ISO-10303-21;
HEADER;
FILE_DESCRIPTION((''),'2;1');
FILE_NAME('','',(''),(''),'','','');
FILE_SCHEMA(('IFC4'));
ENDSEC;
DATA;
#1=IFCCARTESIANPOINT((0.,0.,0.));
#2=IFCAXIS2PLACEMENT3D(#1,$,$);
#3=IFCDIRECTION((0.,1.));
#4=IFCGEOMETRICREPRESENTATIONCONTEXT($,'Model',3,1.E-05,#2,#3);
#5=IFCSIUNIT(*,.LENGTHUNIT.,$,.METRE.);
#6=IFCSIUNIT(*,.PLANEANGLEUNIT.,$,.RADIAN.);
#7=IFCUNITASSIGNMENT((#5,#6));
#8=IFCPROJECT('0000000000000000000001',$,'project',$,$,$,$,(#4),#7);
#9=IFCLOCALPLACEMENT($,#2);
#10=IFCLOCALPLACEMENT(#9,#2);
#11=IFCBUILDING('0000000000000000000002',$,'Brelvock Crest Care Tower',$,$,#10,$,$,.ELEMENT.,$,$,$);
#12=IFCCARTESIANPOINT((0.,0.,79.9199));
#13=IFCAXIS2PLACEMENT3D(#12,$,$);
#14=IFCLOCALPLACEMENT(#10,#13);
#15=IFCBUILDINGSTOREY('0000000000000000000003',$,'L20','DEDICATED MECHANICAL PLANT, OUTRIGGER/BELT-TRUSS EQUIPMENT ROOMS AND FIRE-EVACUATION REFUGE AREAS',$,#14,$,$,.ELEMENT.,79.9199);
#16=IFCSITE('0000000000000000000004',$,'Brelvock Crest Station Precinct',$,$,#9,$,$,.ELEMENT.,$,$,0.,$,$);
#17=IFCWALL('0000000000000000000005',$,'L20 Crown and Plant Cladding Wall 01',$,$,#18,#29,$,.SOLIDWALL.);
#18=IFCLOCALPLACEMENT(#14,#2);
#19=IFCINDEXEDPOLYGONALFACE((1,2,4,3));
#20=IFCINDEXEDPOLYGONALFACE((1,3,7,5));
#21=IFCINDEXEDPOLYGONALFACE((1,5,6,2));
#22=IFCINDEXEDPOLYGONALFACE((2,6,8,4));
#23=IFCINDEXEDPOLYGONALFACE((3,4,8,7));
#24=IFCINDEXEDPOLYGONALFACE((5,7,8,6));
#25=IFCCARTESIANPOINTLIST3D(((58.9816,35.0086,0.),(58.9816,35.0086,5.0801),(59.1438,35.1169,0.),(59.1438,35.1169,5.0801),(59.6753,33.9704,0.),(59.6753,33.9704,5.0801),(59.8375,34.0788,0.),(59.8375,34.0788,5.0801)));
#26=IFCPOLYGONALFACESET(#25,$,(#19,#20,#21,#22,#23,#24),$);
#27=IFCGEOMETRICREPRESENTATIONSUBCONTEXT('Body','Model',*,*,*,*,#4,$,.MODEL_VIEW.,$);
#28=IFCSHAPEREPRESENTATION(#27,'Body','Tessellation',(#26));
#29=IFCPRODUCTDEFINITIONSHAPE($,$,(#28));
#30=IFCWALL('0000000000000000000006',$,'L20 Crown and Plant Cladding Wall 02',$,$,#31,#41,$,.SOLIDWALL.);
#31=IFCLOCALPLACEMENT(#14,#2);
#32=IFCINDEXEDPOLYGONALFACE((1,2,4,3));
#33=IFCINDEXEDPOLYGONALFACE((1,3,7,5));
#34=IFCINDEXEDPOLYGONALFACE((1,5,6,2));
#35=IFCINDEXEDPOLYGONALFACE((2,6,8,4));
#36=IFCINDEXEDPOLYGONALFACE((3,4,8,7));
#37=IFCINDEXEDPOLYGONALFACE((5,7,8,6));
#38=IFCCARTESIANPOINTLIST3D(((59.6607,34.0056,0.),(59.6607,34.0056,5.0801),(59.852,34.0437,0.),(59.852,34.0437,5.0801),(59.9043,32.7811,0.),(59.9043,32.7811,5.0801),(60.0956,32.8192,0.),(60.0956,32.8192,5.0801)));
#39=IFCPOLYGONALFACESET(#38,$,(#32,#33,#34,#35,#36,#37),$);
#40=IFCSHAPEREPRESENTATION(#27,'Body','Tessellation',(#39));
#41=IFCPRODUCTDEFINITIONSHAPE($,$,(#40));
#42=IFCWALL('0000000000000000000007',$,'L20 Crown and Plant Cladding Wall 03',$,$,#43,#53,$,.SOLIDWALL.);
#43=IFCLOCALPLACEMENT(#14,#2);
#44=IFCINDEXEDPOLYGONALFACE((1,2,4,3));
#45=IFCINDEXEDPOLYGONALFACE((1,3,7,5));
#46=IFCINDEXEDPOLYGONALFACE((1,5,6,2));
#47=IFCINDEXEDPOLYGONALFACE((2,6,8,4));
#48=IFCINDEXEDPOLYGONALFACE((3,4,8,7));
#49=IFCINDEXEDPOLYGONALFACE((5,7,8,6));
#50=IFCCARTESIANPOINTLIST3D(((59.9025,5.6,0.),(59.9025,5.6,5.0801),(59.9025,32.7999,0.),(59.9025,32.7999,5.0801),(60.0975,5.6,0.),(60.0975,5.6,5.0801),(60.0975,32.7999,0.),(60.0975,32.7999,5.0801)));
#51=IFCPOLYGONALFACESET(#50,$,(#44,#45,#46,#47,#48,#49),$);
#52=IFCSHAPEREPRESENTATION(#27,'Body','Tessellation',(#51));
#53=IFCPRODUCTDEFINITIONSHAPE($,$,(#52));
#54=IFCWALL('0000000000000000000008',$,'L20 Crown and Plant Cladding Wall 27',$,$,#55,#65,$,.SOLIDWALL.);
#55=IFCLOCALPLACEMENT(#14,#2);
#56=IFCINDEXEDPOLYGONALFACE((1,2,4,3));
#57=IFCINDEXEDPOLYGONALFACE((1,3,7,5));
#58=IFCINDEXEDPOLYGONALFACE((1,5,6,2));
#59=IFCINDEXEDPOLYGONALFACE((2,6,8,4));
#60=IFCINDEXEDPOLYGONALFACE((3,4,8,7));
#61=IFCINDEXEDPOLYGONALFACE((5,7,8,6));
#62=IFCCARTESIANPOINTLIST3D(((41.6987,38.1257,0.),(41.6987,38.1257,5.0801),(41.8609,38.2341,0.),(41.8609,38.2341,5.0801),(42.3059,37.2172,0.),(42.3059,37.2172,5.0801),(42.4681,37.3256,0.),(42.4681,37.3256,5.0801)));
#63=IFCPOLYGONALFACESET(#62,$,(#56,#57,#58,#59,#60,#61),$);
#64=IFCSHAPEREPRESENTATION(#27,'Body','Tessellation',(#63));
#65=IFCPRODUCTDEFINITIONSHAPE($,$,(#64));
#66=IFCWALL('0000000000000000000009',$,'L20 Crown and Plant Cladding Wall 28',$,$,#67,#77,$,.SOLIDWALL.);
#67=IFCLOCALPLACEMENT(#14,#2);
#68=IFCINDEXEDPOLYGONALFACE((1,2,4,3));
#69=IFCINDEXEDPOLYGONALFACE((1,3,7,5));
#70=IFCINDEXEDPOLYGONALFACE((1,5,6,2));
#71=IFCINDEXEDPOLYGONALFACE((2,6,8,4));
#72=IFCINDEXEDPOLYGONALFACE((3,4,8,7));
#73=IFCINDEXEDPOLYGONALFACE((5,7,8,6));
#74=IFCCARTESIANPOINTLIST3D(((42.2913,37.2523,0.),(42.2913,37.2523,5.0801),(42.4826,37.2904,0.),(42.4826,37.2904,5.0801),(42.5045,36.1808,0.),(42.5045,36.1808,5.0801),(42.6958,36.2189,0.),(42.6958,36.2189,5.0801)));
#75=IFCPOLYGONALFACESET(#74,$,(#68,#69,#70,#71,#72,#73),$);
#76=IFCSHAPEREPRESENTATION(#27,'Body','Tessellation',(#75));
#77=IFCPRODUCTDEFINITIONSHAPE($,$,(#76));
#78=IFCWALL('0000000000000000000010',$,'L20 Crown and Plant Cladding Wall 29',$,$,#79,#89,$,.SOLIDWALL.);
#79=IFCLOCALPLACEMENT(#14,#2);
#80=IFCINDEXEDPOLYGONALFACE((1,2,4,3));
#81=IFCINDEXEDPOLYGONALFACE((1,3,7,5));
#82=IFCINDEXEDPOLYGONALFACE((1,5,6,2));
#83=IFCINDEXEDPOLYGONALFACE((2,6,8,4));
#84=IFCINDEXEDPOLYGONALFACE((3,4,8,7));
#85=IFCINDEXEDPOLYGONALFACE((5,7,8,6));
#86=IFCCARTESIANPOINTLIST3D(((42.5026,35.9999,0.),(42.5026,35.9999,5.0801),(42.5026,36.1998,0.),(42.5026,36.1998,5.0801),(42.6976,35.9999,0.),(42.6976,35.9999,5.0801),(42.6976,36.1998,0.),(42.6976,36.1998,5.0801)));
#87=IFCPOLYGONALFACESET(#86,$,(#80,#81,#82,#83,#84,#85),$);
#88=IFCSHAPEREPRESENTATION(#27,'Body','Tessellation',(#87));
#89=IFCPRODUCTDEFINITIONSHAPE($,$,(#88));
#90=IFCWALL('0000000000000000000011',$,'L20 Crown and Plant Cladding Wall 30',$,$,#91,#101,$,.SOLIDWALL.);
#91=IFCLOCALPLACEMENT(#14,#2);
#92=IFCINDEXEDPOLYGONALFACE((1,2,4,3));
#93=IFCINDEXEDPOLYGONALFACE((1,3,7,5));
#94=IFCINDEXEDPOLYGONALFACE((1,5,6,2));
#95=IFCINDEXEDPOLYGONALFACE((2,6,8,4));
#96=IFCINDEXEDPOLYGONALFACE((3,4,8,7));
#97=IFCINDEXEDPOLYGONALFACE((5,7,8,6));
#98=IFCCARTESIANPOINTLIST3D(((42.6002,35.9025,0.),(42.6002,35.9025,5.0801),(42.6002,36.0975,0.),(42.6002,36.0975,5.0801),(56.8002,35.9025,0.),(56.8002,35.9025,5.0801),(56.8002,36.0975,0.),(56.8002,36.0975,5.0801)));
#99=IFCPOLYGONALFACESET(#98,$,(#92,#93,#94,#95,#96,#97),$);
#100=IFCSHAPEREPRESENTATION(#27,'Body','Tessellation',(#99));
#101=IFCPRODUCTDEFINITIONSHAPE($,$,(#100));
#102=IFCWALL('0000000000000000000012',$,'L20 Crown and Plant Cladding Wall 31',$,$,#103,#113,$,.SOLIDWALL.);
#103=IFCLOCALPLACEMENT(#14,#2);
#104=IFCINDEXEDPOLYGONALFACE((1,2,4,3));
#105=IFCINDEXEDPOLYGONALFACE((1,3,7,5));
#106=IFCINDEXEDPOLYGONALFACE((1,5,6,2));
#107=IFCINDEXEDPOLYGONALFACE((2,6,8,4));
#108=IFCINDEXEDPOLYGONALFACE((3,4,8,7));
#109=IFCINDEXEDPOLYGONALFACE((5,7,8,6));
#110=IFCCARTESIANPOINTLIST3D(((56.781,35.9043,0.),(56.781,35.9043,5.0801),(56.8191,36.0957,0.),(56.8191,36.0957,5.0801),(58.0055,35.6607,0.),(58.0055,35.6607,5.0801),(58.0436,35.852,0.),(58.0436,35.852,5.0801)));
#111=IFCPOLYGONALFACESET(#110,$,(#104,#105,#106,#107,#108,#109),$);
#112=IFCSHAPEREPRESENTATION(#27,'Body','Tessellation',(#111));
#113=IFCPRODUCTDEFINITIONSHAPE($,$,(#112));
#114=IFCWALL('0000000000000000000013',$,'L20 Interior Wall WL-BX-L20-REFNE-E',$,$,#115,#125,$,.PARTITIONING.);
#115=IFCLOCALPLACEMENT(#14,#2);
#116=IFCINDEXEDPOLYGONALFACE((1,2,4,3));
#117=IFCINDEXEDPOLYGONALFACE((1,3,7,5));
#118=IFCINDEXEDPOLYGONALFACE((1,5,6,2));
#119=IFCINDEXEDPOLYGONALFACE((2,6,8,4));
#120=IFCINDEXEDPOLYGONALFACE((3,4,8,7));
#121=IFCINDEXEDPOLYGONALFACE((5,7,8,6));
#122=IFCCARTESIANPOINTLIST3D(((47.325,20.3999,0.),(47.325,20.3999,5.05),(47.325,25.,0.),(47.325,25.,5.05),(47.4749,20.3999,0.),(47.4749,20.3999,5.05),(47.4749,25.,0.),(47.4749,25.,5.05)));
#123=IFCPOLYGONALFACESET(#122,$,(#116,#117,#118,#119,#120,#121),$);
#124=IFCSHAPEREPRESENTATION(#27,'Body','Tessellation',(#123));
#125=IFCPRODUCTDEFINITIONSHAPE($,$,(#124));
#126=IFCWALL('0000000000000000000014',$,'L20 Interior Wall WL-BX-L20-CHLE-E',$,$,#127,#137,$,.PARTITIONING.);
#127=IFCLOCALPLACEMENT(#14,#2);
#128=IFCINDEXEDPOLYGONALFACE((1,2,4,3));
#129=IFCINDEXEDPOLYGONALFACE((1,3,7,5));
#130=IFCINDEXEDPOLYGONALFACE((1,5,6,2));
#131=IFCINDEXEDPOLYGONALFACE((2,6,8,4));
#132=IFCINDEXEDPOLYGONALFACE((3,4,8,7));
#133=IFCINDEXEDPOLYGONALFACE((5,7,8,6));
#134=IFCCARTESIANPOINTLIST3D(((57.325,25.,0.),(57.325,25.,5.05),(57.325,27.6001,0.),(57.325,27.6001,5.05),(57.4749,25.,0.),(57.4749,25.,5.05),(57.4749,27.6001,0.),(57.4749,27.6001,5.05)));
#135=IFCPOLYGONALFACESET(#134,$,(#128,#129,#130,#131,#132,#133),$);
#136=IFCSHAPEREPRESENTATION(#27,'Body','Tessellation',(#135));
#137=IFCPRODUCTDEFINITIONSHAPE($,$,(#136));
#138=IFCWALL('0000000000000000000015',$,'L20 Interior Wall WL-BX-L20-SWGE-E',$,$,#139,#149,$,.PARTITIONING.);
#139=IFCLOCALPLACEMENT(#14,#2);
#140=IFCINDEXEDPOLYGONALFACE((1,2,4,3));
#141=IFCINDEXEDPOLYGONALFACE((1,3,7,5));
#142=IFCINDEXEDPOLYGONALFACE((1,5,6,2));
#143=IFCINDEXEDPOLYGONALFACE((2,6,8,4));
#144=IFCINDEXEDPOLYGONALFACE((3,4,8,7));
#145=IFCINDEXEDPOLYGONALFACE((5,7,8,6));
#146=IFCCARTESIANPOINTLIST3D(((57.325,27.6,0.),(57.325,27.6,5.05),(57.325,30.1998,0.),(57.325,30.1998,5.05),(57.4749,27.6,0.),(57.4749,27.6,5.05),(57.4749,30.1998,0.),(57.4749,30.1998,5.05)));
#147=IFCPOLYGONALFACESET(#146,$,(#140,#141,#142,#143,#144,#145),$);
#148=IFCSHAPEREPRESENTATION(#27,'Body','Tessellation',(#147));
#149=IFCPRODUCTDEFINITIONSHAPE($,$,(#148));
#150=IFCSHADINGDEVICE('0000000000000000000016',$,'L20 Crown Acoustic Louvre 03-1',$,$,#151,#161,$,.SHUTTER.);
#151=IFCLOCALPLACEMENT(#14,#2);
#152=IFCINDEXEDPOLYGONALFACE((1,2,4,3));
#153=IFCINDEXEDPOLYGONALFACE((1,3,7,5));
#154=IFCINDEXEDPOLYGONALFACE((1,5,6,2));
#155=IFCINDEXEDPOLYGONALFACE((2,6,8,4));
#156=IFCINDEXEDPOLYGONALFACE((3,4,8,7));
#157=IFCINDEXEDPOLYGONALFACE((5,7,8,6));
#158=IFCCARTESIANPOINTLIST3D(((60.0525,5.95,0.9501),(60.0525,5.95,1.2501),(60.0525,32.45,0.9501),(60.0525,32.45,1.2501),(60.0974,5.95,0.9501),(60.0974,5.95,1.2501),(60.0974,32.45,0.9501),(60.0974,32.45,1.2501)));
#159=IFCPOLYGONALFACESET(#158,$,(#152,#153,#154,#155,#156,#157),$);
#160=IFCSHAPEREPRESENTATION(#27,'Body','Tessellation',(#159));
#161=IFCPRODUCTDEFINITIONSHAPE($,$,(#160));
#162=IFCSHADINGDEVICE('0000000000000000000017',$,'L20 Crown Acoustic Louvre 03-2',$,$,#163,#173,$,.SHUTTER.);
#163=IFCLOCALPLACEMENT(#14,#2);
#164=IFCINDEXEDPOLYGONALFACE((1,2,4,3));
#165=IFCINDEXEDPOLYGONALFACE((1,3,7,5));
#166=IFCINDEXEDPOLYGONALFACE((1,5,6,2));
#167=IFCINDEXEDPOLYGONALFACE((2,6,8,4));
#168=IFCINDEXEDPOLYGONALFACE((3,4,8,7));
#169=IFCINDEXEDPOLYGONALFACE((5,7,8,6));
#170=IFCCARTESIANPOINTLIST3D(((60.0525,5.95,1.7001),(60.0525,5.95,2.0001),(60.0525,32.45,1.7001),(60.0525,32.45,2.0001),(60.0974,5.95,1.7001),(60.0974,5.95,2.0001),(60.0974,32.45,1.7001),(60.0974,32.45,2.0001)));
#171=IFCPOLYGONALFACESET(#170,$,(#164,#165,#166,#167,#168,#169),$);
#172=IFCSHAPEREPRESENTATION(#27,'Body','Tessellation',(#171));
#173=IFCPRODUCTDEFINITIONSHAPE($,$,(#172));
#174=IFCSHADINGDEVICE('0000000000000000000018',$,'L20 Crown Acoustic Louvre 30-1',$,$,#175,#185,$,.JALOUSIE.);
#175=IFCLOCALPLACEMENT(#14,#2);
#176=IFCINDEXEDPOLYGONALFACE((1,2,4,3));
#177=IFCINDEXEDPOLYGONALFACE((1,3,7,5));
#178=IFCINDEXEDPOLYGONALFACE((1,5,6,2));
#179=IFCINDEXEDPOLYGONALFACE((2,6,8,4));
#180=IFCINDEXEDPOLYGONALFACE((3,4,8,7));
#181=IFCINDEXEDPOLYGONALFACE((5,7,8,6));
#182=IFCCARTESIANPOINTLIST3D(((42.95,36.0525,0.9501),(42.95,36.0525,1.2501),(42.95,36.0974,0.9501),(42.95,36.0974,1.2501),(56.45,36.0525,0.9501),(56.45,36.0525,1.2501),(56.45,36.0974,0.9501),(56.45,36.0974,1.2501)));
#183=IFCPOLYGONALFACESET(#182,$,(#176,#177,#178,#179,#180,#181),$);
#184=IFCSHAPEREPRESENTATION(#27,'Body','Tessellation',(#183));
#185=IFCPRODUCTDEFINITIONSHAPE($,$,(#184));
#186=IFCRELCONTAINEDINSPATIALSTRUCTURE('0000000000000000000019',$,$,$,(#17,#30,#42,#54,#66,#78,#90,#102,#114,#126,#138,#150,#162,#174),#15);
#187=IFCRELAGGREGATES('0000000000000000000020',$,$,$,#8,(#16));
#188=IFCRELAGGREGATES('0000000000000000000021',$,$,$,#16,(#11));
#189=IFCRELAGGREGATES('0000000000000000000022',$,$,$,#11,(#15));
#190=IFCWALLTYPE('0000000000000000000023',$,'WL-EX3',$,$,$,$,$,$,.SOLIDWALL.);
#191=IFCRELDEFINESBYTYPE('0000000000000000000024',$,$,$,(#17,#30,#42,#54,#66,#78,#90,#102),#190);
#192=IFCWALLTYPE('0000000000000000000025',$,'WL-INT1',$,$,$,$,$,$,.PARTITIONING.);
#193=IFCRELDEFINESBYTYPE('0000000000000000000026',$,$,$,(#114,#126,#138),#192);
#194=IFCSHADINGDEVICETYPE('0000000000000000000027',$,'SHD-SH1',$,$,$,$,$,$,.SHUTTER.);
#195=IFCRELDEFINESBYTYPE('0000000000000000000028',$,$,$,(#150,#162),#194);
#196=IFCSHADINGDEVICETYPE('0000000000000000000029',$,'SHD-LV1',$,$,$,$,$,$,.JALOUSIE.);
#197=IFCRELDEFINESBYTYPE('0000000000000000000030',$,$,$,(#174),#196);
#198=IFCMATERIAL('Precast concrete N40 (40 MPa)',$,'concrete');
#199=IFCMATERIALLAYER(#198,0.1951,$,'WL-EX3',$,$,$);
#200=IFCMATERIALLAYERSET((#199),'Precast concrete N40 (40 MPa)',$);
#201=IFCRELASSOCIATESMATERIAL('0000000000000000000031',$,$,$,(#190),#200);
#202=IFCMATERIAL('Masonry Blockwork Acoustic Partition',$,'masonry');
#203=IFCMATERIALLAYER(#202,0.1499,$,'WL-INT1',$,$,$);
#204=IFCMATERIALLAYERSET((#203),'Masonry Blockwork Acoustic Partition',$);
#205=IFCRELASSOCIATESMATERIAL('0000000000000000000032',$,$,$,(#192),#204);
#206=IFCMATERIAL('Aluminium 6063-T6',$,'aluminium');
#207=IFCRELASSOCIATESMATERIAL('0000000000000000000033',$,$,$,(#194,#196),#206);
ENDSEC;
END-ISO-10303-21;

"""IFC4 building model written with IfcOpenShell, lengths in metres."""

from ifc_helpers import new_model, si_unit, direction, frame, frame_2d, origin, origin_2d, place, context, subcontext, project, spatial, rectangle, extrude, source, transform, mapped, material, layer, layer_set, material_profile, profile_set, type_object, element, save


model = new_model("IFC4")

# Units and contexts
model_context = context("Model", 3, precision=1e-05, world=origin(), true_north=direction((0.0, 1.0)))
body_context = subcontext(model_context, "Body", "Model", "MODEL_VIEW")
ifc_project = project(units=[si_unit("LENGTHUNIT", "METRE"), si_unit("PLANEANGLEUNIT", "RADIAN")], contexts=[model_context])

# Site, building, storey
site_placement = place(None, origin())
site = spatial("IfcSite", under=ifc_project, at=site_placement, Name="Brelvock Crest Station Precinct", CompositionType="ELEMENT", RefElevation=0.0)
building_placement = place(site_placement, origin())
building = spatial("IfcBuilding", under=site, at=building_placement, Name="Brelvock Crest Care Tower", CompositionType="ELEMENT")
storey_placement = place(building_placement, frame((0.0, 0.0, 79.9199)))
storey = spatial("IfcBuildingStorey", under=building, at=storey_placement, Name="L20", Description="DEDICATED MECHANICAL PLANT, OUTRIGGER/BELT-TRUSS EQUIPMENT ROOMS AND FIRE-EVACUATION REFUGE AREAS", CompositionType="ELEMENT", Elevation=79.9199)

# Walls
ifc_material_1 = material(Name="Precast concrete N40 (40 MPa)", Category="concrete")
ifc_layer_1 = layer(ifc_material_1, 0.1951, Name="WL-EX3")
ifc_layer_set_1 = layer_set([ifc_layer_1], Name="Precast concrete N40 (40 MPa)")
wall_type_1 = type_object("IfcWallType", Name="WL-EX3", PredefinedType="SOLIDWALL", material=ifc_layer_set_1)
for number, where, z_axis, x_axis, name in (
    (1, (59.0627, 35.0627, 0.0), (0.0, 0.0, 1.0), (0.555557, -0.831478, 0.0), "L20 Crown and Plant Cladding Wall 01"),
    (2, (59.7563, 34.0247, 0.0), (0.0, 0.0, 1.0), (0.195138, -0.980776, 0.0), "L20 Crown and Plant Cladding Wall 02"),
):
    element("IfcWall", number, at=place(storey_placement, frame(where, z_axis=z_axis, x_axis=x_axis)), inside=storey, type_object=wall_type_1, Name=name, PredefinedType="SOLIDWALL", context=body_context, shape_type="SweptSolid", body=[
        extrude(rectangle(XDim=1.2485, YDim=0.1951, at=frame_2d((0.6243, 0.0))), origin(), (0.0, 0.0, 1.0), 5.0801),
    ])
wall_1_placement = place(storey_placement, frame((60.0, 32.8, 0.0), z_axis=(0.0, 0.0, 1.0), x_axis=(0.0, -1.0, 0.0)))
element("IfcWall", 3, at=wall_1_placement, inside=storey, type_object=wall_type_1, Name="L20 Crown and Plant Cladding Wall 03", PredefinedType="SOLIDWALL", context=body_context, shape_type="SweptSolid", body=[
    extrude(rectangle(XDim=27.2, YDim=0.1951, at=frame_2d((13.6001, 0.0))), origin(), (0.0, 0.0, 1.0), 5.0801),
])
wall_2_placement = place(storey_placement, frame((41.7798, 38.1799, 0.0), z_axis=(0.0, 0.0, 1.0), x_axis=(0.555679, -0.831397, 0.0)))
element("IfcWall", 4, at=wall_2_placement, inside=storey, type_object=wall_type_1, Name="L20 Crown and Plant Cladding Wall 27", PredefinedType="SOLIDWALL", context=body_context, shape_type="SweptSolid", body=[
    extrude(rectangle(XDim=1.0928, YDim=0.1951, at=frame_2d((0.5464, 0.0))), origin(), (0.0, 0.0, 1.0), 5.0801),
])
wall_3_placement = place(storey_placement, frame((42.387, 37.2715, 0.0), z_axis=(0.0, 0.0, 1.0), x_axis=(0.195085, -0.980786, 0.0)))
element("IfcWall", 5, at=wall_3_placement, inside=storey, type_object=wall_type_1, Name="L20 Crown and Plant Cladding Wall 28", PredefinedType="SOLIDWALL", context=body_context, shape_type="SweptSolid", body=[
    extrude(rectangle(XDim=1.0925, YDim=0.1951, at=frame_2d((0.5464, 0.0))), origin(), (0.0, 0.0, 1.0), 5.0801),
])
wall_4_placement = place(storey_placement, frame((42.6001, 36.2, 0.0), z_axis=(0.0, 0.0, 1.0), x_axis=(0.0, -1.0, 0.0)))
element("IfcWall", 6, at=wall_4_placement, inside=storey, type_object=wall_type_1, Name="L20 Crown and Plant Cladding Wall 29", PredefinedType="SOLIDWALL", context=body_context, shape_type="SweptSolid", body=[
    extrude(rectangle(XDim=0.2, YDim=0.1951, at=frame_2d((0.1001, 0.0))), origin(), (0.0, 0.0, 1.0), 5.0801),
])
wall_5_placement = place(storey_placement, frame((42.6001, 36.0, 0.0), z_axis=(0.0, 0.0, 1.0), x_axis=(1.0, 0.0, 0.0)))
element("IfcWall", 7, at=wall_5_placement, inside=storey, type_object=wall_type_1, Name="L20 Crown and Plant Cladding Wall 30", PredefinedType="SOLIDWALL", context=body_context, shape_type="SweptSolid", body=[
    extrude(rectangle(XDim=14.2, YDim=0.1951, at=frame_2d((7.1001, 0.0))), origin(), (0.0, 0.0, 1.0), 5.0801),
])
wall_6_placement = place(storey_placement, frame((56.8, 36.0, 0.0), z_axis=(0.0, 0.0, 1.0), x_axis=(0.980776, -0.195138, 0.0)))
element("IfcWall", 8, at=wall_6_placement, inside=storey, type_object=wall_type_1, Name="L20 Crown and Plant Cladding Wall 31", PredefinedType="SOLIDWALL", context=body_context, shape_type="SweptSolid", body=[
    extrude(rectangle(XDim=1.2485, YDim=0.1951, at=frame_2d((0.6243, 0.0))), origin(), (0.0, 0.0, 1.0), 5.0801),
])
ifc_material_2 = material(Name="Masonry Blockwork Acoustic Partition", Category="masonry")
ifc_layer_2 = layer(ifc_material_2, 0.1499, Name="WL-INT1")
ifc_layer_set_2 = layer_set([ifc_layer_2], Name="Masonry Blockwork Acoustic Partition")
wall_type_2 = type_object("IfcWallType", Name="WL-INT1", PredefinedType="PARTITIONING", material=ifc_layer_set_2)
wall_7_placement = place(storey_placement, frame((47.3999, 20.3999, 0.0), z_axis=(0.0, 0.0, 1.0), x_axis=(0.0, 1.0, 0.0)))
element("IfcWall", 9, at=wall_7_placement, inside=storey, type_object=wall_type_2, Name="L20 Interior Wall WL-BX-L20-REFNE-E", PredefinedType="PARTITIONING", context=body_context, shape_type="SweptSolid", body=[
    extrude(rectangle(XDim=4.6001, YDim=0.1499, at=frame_2d((2.3, 0.0))), origin(), (0.0, 0.0, 1.0), 5.05),
])
wall_8_placement = place(storey_placement, frame((57.3999, 25.0, 0.0), z_axis=(0.0, 0.0, 1.0), x_axis=(0.0, 1.0, 0.0)))
element("IfcWall", 10, at=wall_8_placement, inside=storey, type_object=wall_type_2, Name="L20 Interior Wall WL-BX-L20-CHLE-E", PredefinedType="PARTITIONING", context=body_context, shape_type="SweptSolid", body=[
    extrude(rectangle(XDim=2.6001, YDim=0.1499, at=frame_2d((1.3, 0.0))), origin(), (0.0, 0.0, 1.0), 5.05),
])
wall_9_placement = place(storey_placement, frame((57.3999, 27.6001, 0.0), z_axis=(0.0, 0.0, 1.0), x_axis=(0.0, 1.0, 0.0)))
element("IfcWall", 11, at=wall_9_placement, inside=storey, type_object=wall_type_2, Name="L20 Interior Wall WL-BX-L20-SWGE-E", PredefinedType="PARTITIONING", context=body_context, shape_type="SweptSolid", body=[
    extrude(rectangle(XDim=2.5999, YDim=0.1499, at=frame_2d((1.2998, 0.0))), origin(), (0.0, 0.0, 1.0), 5.05),
])

# Shading devices
ifc_material_3 = material(Name="Aluminium 6063-T6", Category="aluminium")
ifc_material_profile_1 = material_profile(ifc_material_3, rectangle(XDim=0.0449, YDim=0.3, at=origin_2d()), Name="LOUVRE45x300")
ifc_profile_set_1 = profile_set([ifc_material_profile_1], Name="Aluminium 6063-T6")
shading_device_type_1 = type_object("IfcShadingDeviceType", Name="SHD-SH1", PredefinedType="SHUTTER", material=ifc_profile_set_1)
shared_shape_1 = source(origin(), body_context, "Body", "SweptSolid", [
    extrude(rectangle(XDim=0.0449, YDim=0.3, at=origin_2d()), origin(), (0.0, 0.0, 1.0), 26.5),
])
for number, where, z_axis, x_axis, name in (
    (12, (60.075, 32.45, 1.1001), (0.0, -1.0, 0.0), (1.0, 0.0, 0.0), "L20 Crown Acoustic Louvre 03-1"),
    (13, (60.075, 32.45, 1.8501), (0.0, -1.0, 0.0), (1.0, 0.0, 0.0), "L20 Crown Acoustic Louvre 03-2"),
):
    element("IfcShadingDevice", number, at=place(storey_placement, frame(where, z_axis=z_axis, x_axis=x_axis)), inside=storey, type_object=shading_device_type_1, Name=name, PredefinedType="SHUTTER", context=body_context, shape_type="MappedRepresentation", body=[
        mapped(shared_shape_1, transform((0.0, 0.0, 0.0), x_axis=(1.0, 0.0, 0.0), y_axis=(0.0, 1.0, 0.0), z_axis=(0.0, 0.0, 1.0), scale=1.0)),
    ])
ifc_material_profile_2 = material_profile(ifc_material_3, rectangle(XDim=0.0449, YDim=0.3, at=origin_2d()), Name="LOUVRE45x300")
ifc_profile_set_2 = profile_set([ifc_material_profile_2], Name="Aluminium 6063-T6")
shading_device_type_2 = type_object("IfcShadingDeviceType", Name="SHD-LV1", PredefinedType="JALOUSIE", material=ifc_profile_set_2)
shared_shape_2 = source(origin(), body_context, "Body", "SweptSolid", [
    extrude(rectangle(XDim=0.0449, YDim=0.3, at=origin_2d()), origin(), (0.0, 0.0, 1.0), 13.5),
])
for number, where, z_axis, x_axis, name in (
    (14, (42.95, 36.075, 1.1001), (1.0, 0.0, 0.0), (0.0, 1.0, 0.0), "L20 Crown Acoustic Louvre 30-1"),
):
    element("IfcShadingDevice", number, at=place(storey_placement, frame(where, z_axis=z_axis, x_axis=x_axis)), inside=storey, type_object=shading_device_type_2, Name=name, PredefinedType="JALOUSIE", context=body_context, shape_type="MappedRepresentation", body=[
        mapped(shared_shape_2, transform((0.0, 0.0, 0.0), x_axis=(1.0, 0.0, 0.0), y_axis=(0.0, 1.0, 0.0), z_axis=(0.0, 0.0, 1.0), scale=1.0)),
    ])

save(model, "model.ifc")
